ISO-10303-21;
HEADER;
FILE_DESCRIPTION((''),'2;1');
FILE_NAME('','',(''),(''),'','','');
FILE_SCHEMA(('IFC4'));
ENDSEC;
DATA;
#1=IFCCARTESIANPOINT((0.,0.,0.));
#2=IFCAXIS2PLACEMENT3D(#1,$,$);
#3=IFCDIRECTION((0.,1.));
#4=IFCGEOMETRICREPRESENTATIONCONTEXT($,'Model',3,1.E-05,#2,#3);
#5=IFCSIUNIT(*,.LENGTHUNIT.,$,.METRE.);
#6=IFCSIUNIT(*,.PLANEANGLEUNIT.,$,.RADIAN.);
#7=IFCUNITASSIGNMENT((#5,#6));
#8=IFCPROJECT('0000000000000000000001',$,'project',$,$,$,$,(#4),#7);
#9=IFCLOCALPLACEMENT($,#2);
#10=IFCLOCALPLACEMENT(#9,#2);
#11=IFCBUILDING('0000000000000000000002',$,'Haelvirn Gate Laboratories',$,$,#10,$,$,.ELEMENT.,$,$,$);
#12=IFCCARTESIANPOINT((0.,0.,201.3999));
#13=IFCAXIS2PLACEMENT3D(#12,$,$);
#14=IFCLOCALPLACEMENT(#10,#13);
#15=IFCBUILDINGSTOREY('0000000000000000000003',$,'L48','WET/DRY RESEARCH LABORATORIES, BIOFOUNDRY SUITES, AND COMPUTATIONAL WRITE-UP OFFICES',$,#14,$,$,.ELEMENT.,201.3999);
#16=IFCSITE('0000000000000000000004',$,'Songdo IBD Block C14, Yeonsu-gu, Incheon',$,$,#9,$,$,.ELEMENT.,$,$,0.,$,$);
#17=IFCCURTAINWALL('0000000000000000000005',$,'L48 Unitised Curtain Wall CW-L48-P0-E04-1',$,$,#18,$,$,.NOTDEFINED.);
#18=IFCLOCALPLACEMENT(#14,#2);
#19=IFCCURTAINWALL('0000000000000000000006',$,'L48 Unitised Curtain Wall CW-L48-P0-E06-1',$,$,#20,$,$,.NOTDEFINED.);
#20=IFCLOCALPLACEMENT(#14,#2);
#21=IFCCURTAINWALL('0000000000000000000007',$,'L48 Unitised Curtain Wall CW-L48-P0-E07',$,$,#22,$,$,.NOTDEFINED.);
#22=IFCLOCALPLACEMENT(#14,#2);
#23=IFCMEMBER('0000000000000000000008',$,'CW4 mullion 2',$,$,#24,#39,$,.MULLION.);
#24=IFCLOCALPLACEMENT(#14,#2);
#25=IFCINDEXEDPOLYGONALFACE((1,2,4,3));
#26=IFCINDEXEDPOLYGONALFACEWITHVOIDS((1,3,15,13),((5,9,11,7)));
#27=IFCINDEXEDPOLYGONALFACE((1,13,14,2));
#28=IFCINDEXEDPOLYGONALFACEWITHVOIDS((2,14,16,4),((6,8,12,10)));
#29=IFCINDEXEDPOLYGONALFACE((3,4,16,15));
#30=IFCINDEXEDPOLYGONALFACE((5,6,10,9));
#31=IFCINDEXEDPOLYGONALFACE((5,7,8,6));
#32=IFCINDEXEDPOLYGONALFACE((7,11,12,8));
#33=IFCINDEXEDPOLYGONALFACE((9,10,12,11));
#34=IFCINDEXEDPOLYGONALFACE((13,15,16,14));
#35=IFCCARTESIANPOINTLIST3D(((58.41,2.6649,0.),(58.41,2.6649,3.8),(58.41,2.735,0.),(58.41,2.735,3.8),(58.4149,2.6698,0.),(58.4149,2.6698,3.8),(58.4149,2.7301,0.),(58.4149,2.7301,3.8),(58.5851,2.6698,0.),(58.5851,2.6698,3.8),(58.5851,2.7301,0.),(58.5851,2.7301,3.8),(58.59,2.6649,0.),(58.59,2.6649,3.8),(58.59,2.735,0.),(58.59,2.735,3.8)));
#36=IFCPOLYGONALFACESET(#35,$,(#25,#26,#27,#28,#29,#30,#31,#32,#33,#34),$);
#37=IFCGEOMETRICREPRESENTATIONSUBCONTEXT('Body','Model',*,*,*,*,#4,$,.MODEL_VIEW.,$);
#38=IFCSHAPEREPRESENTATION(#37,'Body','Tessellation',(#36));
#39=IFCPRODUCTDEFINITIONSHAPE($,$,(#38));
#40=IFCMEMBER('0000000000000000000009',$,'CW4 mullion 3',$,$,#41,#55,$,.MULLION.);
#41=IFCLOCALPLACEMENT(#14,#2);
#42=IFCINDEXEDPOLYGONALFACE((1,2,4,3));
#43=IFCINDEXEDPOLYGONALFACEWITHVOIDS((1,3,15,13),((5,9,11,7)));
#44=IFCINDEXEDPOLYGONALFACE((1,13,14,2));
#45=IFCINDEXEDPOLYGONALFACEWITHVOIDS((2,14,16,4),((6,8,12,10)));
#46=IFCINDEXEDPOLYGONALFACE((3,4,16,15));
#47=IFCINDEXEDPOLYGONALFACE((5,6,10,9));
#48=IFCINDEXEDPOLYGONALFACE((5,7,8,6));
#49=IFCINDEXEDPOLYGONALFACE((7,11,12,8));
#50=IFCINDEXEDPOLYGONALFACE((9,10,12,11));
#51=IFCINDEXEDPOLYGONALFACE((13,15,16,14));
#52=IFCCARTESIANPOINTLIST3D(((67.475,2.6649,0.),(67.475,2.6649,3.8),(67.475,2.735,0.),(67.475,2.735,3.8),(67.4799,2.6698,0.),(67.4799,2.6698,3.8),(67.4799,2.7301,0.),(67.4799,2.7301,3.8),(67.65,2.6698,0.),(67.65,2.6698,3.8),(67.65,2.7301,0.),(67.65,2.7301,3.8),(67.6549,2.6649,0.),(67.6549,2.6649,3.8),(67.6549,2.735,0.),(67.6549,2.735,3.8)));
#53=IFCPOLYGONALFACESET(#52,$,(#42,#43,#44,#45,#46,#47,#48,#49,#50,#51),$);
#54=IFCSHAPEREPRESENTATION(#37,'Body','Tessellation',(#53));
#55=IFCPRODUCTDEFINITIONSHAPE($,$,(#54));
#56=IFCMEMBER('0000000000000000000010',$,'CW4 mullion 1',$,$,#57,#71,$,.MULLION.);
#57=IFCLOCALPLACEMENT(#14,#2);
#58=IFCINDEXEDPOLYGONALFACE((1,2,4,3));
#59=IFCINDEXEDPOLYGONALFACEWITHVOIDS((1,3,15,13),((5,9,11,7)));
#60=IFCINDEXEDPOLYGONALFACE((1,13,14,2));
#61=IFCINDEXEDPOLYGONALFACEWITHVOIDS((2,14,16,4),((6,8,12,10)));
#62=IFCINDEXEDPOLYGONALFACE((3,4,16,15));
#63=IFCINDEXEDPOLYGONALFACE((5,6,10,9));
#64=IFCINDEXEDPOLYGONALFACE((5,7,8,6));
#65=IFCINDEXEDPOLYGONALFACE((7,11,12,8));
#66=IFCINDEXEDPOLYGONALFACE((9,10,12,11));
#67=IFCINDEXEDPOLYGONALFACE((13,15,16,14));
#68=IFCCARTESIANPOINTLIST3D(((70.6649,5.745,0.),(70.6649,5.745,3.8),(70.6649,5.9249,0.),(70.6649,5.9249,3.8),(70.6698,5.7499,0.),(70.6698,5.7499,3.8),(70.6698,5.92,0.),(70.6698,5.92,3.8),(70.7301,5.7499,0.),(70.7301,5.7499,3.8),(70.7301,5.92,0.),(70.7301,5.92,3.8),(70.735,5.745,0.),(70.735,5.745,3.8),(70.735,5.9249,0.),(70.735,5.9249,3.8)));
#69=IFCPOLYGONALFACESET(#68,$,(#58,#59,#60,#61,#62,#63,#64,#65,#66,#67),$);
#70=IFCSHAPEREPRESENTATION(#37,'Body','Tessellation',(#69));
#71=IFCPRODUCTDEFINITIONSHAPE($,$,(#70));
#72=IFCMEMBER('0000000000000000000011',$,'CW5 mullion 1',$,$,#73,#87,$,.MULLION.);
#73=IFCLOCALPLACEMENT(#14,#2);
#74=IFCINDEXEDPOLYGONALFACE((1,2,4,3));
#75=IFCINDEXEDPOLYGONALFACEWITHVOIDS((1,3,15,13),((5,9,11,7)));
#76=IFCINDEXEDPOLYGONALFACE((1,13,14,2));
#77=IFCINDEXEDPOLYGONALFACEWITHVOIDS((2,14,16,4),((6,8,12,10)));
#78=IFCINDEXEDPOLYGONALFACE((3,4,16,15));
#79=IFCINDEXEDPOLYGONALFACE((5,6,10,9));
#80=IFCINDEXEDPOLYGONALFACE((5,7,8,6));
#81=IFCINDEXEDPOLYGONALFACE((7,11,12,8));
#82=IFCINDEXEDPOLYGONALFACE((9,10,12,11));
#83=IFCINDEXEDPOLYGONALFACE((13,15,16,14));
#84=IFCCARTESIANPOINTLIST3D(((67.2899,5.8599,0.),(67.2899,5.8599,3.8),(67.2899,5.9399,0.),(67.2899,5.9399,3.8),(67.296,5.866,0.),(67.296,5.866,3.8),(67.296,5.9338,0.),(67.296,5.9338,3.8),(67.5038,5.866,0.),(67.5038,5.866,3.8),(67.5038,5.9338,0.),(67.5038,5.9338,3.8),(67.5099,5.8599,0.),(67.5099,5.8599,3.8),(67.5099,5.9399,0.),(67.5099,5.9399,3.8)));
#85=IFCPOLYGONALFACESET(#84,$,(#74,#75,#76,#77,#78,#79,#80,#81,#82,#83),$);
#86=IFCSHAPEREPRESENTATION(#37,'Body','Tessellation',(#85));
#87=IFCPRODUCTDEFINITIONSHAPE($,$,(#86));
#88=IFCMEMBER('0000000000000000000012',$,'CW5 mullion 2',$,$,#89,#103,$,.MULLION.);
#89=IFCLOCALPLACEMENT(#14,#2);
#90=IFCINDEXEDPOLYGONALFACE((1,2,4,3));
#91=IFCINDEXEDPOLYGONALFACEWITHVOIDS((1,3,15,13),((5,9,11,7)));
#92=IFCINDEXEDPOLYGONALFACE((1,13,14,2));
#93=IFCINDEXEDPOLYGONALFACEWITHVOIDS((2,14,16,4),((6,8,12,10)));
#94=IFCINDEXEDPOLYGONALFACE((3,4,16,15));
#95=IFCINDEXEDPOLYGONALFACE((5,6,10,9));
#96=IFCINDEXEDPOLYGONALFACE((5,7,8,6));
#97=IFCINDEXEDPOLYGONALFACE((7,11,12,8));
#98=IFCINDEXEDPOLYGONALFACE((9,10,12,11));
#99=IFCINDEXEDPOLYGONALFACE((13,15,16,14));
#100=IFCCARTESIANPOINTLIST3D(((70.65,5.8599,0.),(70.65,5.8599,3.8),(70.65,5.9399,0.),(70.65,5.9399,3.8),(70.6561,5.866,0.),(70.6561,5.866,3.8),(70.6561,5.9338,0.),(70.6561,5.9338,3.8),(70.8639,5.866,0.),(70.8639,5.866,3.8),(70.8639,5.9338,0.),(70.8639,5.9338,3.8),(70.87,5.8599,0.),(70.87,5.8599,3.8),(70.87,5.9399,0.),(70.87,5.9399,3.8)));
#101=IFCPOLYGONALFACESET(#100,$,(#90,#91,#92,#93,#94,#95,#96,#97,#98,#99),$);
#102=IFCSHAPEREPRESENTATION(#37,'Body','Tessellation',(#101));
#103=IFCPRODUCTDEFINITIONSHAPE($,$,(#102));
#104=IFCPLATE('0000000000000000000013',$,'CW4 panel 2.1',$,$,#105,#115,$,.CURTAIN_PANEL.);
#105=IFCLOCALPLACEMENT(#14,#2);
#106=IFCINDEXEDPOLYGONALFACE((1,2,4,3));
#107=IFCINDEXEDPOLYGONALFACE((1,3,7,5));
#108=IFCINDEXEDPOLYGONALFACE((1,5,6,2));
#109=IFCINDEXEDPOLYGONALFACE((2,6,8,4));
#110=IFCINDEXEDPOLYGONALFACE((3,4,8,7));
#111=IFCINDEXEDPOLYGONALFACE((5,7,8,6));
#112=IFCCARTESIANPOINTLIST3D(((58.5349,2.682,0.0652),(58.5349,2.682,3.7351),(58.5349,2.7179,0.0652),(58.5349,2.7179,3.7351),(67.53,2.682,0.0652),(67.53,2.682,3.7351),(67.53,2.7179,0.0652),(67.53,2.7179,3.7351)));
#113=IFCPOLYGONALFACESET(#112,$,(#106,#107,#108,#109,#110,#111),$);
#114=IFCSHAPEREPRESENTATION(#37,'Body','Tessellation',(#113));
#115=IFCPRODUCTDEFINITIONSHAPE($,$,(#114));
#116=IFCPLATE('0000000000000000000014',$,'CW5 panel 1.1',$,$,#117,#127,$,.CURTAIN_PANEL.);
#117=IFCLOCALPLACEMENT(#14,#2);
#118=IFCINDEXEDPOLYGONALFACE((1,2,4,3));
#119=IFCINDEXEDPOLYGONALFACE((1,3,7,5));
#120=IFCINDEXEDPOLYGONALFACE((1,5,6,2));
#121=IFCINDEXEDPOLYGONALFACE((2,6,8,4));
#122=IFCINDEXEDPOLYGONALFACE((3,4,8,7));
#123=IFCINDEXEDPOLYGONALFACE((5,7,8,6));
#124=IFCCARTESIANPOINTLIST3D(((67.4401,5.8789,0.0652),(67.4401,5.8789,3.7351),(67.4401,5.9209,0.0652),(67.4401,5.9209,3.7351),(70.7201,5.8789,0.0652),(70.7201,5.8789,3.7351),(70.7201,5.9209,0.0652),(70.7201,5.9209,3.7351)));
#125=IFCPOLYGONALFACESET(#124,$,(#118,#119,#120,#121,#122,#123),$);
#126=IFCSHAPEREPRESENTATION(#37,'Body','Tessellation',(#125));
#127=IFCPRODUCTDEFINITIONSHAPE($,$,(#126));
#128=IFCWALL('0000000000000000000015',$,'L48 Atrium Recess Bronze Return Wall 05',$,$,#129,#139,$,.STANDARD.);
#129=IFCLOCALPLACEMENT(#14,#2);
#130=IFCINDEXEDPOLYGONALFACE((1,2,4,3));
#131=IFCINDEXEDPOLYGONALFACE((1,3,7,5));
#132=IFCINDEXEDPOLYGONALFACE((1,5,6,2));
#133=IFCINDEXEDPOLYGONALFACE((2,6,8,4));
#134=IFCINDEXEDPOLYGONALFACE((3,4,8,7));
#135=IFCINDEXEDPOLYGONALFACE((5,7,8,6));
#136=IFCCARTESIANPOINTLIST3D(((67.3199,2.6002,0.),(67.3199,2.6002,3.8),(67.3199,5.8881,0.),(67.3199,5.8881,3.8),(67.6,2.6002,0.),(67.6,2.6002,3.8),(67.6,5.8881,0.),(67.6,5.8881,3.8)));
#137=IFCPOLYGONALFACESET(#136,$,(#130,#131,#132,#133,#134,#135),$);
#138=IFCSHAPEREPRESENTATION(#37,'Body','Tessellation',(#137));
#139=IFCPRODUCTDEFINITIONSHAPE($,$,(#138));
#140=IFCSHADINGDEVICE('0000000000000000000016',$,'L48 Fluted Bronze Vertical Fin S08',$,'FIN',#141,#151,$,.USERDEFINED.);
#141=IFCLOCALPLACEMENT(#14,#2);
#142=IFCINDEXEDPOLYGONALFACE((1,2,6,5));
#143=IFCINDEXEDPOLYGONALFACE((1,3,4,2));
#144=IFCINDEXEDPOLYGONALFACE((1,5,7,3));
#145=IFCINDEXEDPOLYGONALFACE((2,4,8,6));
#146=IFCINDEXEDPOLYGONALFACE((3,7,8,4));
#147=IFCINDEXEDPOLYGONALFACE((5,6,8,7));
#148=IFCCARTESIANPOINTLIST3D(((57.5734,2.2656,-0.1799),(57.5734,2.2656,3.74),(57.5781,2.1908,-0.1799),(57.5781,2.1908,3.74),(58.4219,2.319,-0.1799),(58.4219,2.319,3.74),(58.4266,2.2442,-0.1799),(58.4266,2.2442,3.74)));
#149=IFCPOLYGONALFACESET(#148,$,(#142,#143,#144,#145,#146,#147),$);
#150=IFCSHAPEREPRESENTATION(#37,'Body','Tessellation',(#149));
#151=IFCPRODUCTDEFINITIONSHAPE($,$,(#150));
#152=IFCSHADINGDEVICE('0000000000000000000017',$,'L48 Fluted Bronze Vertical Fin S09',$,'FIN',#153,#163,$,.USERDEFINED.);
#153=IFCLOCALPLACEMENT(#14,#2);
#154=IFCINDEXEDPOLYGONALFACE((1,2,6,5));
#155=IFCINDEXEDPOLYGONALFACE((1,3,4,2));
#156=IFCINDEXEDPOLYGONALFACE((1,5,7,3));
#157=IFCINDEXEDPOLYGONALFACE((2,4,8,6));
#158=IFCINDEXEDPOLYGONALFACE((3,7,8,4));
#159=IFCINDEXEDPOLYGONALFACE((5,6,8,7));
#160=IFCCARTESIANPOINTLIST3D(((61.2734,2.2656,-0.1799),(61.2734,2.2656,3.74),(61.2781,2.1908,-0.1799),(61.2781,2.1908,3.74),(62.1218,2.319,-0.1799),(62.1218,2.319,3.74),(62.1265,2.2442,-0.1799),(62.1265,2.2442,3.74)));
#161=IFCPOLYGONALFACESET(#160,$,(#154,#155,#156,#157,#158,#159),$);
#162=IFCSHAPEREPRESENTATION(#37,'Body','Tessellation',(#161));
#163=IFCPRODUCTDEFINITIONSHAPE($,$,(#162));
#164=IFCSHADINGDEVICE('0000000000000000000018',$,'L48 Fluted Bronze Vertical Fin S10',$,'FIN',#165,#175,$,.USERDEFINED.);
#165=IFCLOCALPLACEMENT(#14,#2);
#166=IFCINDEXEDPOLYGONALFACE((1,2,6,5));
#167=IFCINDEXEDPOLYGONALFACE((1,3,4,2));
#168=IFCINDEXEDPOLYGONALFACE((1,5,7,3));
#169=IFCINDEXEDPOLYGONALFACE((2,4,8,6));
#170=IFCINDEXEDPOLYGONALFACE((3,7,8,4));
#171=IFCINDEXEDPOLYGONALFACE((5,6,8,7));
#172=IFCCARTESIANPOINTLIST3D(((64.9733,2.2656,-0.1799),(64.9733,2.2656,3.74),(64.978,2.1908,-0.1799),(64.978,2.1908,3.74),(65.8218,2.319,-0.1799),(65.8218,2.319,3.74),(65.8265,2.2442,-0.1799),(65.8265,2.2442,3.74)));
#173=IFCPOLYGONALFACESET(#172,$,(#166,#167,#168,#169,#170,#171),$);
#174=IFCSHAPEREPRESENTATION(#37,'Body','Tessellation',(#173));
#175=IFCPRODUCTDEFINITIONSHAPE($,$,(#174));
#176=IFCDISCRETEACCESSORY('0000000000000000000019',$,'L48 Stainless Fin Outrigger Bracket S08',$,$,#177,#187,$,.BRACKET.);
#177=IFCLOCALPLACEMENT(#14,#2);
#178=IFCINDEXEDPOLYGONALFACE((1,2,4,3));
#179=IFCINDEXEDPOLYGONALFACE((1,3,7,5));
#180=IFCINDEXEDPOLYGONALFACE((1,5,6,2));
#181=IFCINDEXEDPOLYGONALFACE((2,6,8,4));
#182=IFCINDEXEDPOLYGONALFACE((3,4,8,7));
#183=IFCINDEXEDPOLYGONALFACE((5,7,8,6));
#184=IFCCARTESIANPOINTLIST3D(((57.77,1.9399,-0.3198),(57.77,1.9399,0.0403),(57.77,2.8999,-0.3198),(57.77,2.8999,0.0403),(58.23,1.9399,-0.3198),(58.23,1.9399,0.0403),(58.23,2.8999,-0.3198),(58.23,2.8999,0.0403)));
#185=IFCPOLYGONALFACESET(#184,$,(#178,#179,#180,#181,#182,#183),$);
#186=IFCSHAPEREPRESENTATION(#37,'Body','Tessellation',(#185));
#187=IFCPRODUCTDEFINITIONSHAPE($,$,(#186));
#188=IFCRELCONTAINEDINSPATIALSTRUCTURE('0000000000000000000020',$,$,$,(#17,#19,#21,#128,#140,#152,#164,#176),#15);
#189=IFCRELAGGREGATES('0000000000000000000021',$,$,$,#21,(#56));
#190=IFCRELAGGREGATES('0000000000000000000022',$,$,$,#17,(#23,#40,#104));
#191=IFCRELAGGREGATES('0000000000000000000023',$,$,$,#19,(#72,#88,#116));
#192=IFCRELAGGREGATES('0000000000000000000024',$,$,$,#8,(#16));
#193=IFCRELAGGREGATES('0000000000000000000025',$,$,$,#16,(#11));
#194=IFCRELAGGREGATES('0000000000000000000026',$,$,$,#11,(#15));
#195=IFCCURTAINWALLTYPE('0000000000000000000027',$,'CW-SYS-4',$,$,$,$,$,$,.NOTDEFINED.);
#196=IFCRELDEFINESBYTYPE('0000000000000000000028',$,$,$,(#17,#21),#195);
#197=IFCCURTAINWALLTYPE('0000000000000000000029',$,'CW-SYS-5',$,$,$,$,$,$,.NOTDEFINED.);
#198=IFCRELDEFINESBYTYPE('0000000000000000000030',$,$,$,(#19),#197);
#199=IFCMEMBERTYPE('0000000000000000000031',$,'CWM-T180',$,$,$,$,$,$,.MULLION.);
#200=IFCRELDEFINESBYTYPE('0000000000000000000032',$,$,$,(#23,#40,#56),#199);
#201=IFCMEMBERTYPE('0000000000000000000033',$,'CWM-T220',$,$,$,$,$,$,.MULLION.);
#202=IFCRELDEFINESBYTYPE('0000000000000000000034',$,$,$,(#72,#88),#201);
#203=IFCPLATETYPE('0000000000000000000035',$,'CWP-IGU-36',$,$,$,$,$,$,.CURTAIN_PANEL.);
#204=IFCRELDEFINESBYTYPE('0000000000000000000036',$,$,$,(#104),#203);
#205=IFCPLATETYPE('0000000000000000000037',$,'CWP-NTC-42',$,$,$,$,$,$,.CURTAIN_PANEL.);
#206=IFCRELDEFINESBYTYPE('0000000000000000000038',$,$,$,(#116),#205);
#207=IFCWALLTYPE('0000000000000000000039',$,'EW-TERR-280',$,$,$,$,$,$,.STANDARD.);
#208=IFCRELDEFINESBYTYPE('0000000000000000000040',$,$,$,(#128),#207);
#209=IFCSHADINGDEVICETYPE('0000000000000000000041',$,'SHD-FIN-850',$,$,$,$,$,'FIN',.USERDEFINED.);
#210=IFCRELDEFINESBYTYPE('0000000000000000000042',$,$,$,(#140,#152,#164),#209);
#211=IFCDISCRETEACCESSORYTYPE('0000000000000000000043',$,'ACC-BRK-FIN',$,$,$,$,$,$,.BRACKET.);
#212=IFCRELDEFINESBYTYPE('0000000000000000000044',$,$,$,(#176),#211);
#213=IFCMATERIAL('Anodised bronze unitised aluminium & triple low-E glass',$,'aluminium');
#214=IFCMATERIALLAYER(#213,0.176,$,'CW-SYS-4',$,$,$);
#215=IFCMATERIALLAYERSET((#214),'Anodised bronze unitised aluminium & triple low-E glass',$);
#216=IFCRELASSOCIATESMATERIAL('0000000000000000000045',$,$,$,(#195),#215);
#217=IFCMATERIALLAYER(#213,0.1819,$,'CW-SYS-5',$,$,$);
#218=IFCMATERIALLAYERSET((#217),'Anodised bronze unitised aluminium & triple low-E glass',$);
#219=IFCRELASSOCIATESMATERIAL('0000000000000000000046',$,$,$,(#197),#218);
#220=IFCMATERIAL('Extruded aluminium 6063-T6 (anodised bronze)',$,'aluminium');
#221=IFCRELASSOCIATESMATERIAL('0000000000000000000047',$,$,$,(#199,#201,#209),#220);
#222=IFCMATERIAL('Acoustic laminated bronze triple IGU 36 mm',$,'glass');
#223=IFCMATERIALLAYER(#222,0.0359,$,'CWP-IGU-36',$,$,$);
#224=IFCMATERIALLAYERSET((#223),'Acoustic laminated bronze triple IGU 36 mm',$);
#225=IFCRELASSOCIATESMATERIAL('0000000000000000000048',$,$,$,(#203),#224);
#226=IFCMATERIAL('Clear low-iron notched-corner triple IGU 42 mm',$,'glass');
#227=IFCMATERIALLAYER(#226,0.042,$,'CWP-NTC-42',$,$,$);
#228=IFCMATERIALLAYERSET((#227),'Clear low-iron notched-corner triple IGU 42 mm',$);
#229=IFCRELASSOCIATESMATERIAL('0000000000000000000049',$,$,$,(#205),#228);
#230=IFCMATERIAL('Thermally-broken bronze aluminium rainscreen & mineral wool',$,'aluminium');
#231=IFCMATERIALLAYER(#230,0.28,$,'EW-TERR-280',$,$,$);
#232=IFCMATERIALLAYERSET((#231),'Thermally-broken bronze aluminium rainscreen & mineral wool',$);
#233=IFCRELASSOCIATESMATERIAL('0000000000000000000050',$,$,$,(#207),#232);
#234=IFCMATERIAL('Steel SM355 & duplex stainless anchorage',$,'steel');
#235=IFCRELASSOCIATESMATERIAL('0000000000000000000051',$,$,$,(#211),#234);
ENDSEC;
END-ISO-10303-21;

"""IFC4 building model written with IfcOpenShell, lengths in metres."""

from ifc_helpers import new_model, si_unit, direction, frame, frame_2d, origin, origin_2d, place, context, subcontext, project, spatial, rectangle, hollow_rectangle, extrude, source, transform, mapped, material, layer, layer_set, material_profile, profile_set, type_object, type_shapes, element, aggregate, save


model = new_model("IFC4")

# Units and contexts
model_context = context("Model", 3, precision=1e-05, world=origin(), true_north=direction((0.0, 1.0)))
body_context = subcontext(model_context, "Body", "Model", "MODEL_VIEW")
ifc_project = project(units=[si_unit("LENGTHUNIT", "METRE"), si_unit("PLANEANGLEUNIT", "RADIAN")], contexts=[model_context])

# Site, building, storey
site_placement = place(None, origin())
site = spatial("IfcSite", under=ifc_project, at=site_placement, Name="Songdo IBD Block C14, Yeonsu-gu, Incheon", CompositionType="ELEMENT", RefElevation=0.0)
building_placement = place(site_placement, origin())
building = spatial("IfcBuilding", under=site, at=building_placement, Name="Haelvirn Gate Laboratories", CompositionType="ELEMENT")
storey_placement = place(building_placement, frame((0.0, 0.0, 201.3999)))
storey = spatial("IfcBuildingStorey", under=building, at=storey_placement, Name="L48", Description="WET/DRY RESEARCH LABORATORIES, BIOFOUNDRY SUITES, AND COMPUTATIONAL WRITE-UP OFFICES", CompositionType="ELEMENT", Elevation=201.3999)

# Curtain walls
ifc_material_1 = material(Name="Anodised bronze unitised aluminium & triple low-E glass", Category="aluminium")
ifc_layer_1 = layer(ifc_material_1, 0.176, Name="CW-SYS-4")
ifc_layer_set_1 = layer_set([ifc_layer_1], Name="Anodised bronze unitised aluminium & triple low-E glass")
curtain_wall_type_1 = type_object("IfcCurtainWallType", Name="CW-SYS-4", PredefinedType="NOTDEFINED", material=ifc_layer_set_1)
curtain_wall_1_placement = place(storey_placement, origin())
curtain_wall_1 = element("IfcCurtainWall", 1, at=curtain_wall_1_placement, inside=storey, type_object=curtain_wall_type_1, Name="L48 Unitised Curtain Wall CW-L48-P0-E04-1", PredefinedType="NOTDEFINED")
ifc_material_2 = material(Name="Extruded aluminium 6063-T6 (anodised bronze)", Category="aluminium")
ifc_layer_2 = layer(ifc_material_1, 0.1819, Name="CW-SYS-5")
ifc_layer_set_2 = layer_set([ifc_layer_2], Name="Anodised bronze unitised aluminium & triple low-E glass")
curtain_wall_type_2 = type_object("IfcCurtainWallType", Name="CW-SYS-5", PredefinedType="NOTDEFINED", material=ifc_layer_set_2)
curtain_wall_2_placement = place(storey_placement, origin())
curtain_wall_2 = element("IfcCurtainWall", 2, at=curtain_wall_2_placement, inside=storey, type_object=curtain_wall_type_2, Name="L48 Unitised Curtain Wall CW-L48-P0-E06-1", PredefinedType="NOTDEFINED")
curtain_wall_3_placement = place(storey_placement, origin())
curtain_wall_3 = element("IfcCurtainWall", 3, at=curtain_wall_3_placement, inside=storey, type_object=curtain_wall_type_1, Name="L48 Unitised Curtain Wall CW-L48-P0-E07", PredefinedType="NOTDEFINED")

# Members
ifc_material_profile_1 = material_profile(ifc_material_2, hollow_rectangle(XDim=0.0701, YDim=0.1799, WallThickness=0.0049, at=origin_2d()), Name="CWM-180x70x5")
ifc_profile_set_1 = profile_set([ifc_material_profile_1], Name="Extruded aluminium 6063-T6 (anodised bronze)")
member_type_1 = type_object("IfcMemberType", Name="CWM-T180", PredefinedType="MULLION", material=ifc_profile_set_1)
shared_shape_1 = source(origin(), body_context, "Body", "SweptSolid", [
    extrude(hollow_rectangle(XDim=0.0701, YDim=0.1799, WallThickness=0.0049, at=origin_2d()), origin(), (0.0, 0.0, 1.0), 3.8),
])
type_shapes(member_type_1, [shared_shape_1])
member_1_placement = place(storey_placement, frame((58.5, 2.7, 0.0), z_axis=(0.0, 0.0, 1.0), x_axis=(0.0, 1.0, 0.0)))
member_1 = element("IfcMember", 4, at=member_1_placement, type_object=member_type_1, Name="CW4 mullion 2", PredefinedType="MULLION", context=body_context, shape_type="MappedRepresentation", body=[
    mapped(shared_shape_1, transform((0.0, 0.0, 0.0), scale=1.0)),
])
member_2_placement = place(storey_placement, frame((67.5649, 2.7, 0.0), z_axis=(0.0, 0.0, 1.0), x_axis=(0.0, 1.0, 0.0)))
member_2 = element("IfcMember", 5, at=member_2_placement, type_object=member_type_1, Name="CW4 mullion 3", PredefinedType="MULLION", context=body_context, shape_type="MappedRepresentation", body=[
    mapped(shared_shape_1, transform((0.0, 0.0, 0.0), scale=1.0)),
])
member_3_placement = place(storey_placement, frame((70.7, 5.835, 0.0), z_axis=(0.0, 0.0, 1.0), x_axis=(-1.0, 0.0, 0.0)))
member_3 = element("IfcMember", 6, at=member_3_placement, type_object=member_type_1, Name="CW4 mullion 1", PredefinedType="MULLION", context=body_context, shape_type="MappedRepresentation", body=[
    mapped(shared_shape_1, transform((0.0, 0.0, 0.0), scale=1.0)),
])
aggregate(curtain_wall_3, [member_3])
ifc_material_profile_2 = material_profile(ifc_material_2, hollow_rectangle(XDim=0.0801, YDim=0.22, WallThickness=0.0061, at=origin_2d()), Name="CWM-220x80x6")
ifc_profile_set_2 = profile_set([ifc_material_profile_2], Name="Extruded aluminium 6063-T6 (anodised bronze)")
member_type_2 = type_object("IfcMemberType", Name="CWM-T220", PredefinedType="MULLION", material=ifc_profile_set_2)
shared_shape_2 = source(origin(), body_context, "Body", "SweptSolid", [
    extrude(hollow_rectangle(XDim=0.0801, YDim=0.22, WallThickness=0.0061, at=origin_2d()), origin(), (0.0, 0.0, 1.0), 3.8),
])
type_shapes(member_type_2, [shared_shape_2])
member_4_placement = place(storey_placement, frame((67.3999, 5.8999, 0.0), z_axis=(0.0, 0.0, 1.0), x_axis=(0.0, 1.0, 0.0)))
member_4 = element("IfcMember", 7, at=member_4_placement, type_object=member_type_2, Name="CW5 mullion 1", PredefinedType="MULLION", context=body_context, shape_type="MappedRepresentation", body=[
    mapped(shared_shape_2, transform((0.0, 0.0, 0.0), scale=1.0)),
])
member_5_placement = place(storey_placement, frame((70.76, 5.8999, 0.0), z_axis=(0.0, 0.0, 1.0), x_axis=(0.0, 1.0, 0.0)))
member_5 = element("IfcMember", 8, at=member_5_placement, type_object=member_type_2, Name="CW5 mullion 2", PredefinedType="MULLION", context=body_context, shape_type="MappedRepresentation", body=[
    mapped(shared_shape_2, transform((0.0, 0.0, 0.0), scale=1.0)),
])

# Plates
ifc_material_3 = material(Name="Acoustic laminated bronze triple IGU 36 mm", Category="glass")
ifc_layer_3 = layer(ifc_material_3, 0.0359, Name="CWP-IGU-36")
ifc_layer_set_3 = layer_set([ifc_layer_3], Name="Acoustic laminated bronze triple IGU 36 mm")
plate_type_1 = type_object("IfcPlateType", Name="CWP-IGU-36", PredefinedType="CURTAIN_PANEL", material=ifc_layer_set_3)
shared_shape_3 = source(origin(), body_context, "Body", "SweptSolid", [
    extrude(rectangle(XDim=8.9951, YDim=0.0359, at=origin_2d()), origin(), (0.0, 0.0, 1.0), 3.6699),
])
type_shapes(plate_type_1, [shared_shape_3])
plate_1_placement = place(storey_placement, frame((63.0325, 2.7, 0.0652), z_axis=(0.0, 0.0, 1.0), x_axis=(1.0, 0.0, 0.0)))
plate_1 = element("IfcPlate", 9, at=plate_1_placement, type_object=plate_type_1, Name="CW4 panel 2.1", PredefinedType="CURTAIN_PANEL", context=body_context, shape_type="MappedRepresentation", body=[
    mapped(shared_shape_3, transform((0.0, 0.0, 0.0), scale=1.0)),
])
aggregate(curtain_wall_1, [member_1, member_2, plate_1])
ifc_material_4 = material(Name="Clear low-iron notched-corner triple IGU 42 mm", Category="glass")
ifc_layer_4 = layer(ifc_material_4, 0.042, Name="CWP-NTC-42")
ifc_layer_set_4 = layer_set([ifc_layer_4], Name="Clear low-iron notched-corner triple IGU 42 mm")
plate_type_2 = type_object("IfcPlateType", Name="CWP-NTC-42", PredefinedType="CURTAIN_PANEL", material=ifc_layer_set_4)
shared_shape_4 = source(origin(), body_context, "Body", "SweptSolid", [
    extrude(rectangle(XDim=3.28, YDim=0.042, at=origin_2d()), origin(), (0.0, 0.0, 1.0), 3.6699),
])
type_shapes(plate_type_2, [shared_shape_4])
plate_2_placement = place(storey_placement, frame((69.0801, 5.8999, 0.0652), z_axis=(0.0, 0.0, 1.0), x_axis=(1.0, 0.0, 0.0)))
plate_2 = element("IfcPlate", 10, at=plate_2_placement, type_object=plate_type_2, Name="CW5 panel 1.1", PredefinedType="CURTAIN_PANEL", context=body_context, shape_type="MappedRepresentation", body=[
    mapped(shared_shape_4, transform((0.0, 0.0, 0.0), scale=1.0)),
])
aggregate(curtain_wall_2, [member_4, member_5, plate_2])

# Wall
ifc_material_5 = material(Name="Thermally-broken bronze aluminium rainscreen & mineral wool", Category="aluminium")
ifc_layer_5 = layer(ifc_material_5, 0.28, Name="EW-TERR-280")
ifc_layer_set_5 = layer_set([ifc_layer_5], Name="Thermally-broken bronze aluminium rainscreen & mineral wool")
wall_type = type_object("IfcWallType", Name="EW-TERR-280", PredefinedType="STANDARD", material=ifc_layer_set_5)
wall_placement = place(storey_placement, frame((67.46, 2.6001, 0.0), z_axis=(0.0, 0.0, 1.0), x_axis=(0.0, 1.0, 0.0)))
element("IfcWall", 11, at=wall_placement, inside=storey, type_object=wall_type, Name="L48 Atrium Recess Bronze Return Wall 05", PredefinedType="STANDARD", context=body_context, shape_type="SweptSolid", body=[
    extrude(rectangle(XDim=3.2878, YDim=0.28, at=frame_2d((1.644, 0.0))), origin(), (0.0, 0.0, 1.0), 3.8),
])

# Shading devices
ifc_material_profile_3 = material_profile(ifc_material_2, rectangle(XDim=0.075, YDim=0.8501, at=origin_2d()), Name="FIN-850x75")
ifc_profile_set_3 = profile_set([ifc_material_profile_3], Name="Extruded aluminium 6063-T6 (anodised bronze)")
shading_device_type = type_object("IfcShadingDeviceType", Name="SHD-FIN-850", ElementType="FIN", PredefinedType="USERDEFINED", material=ifc_profile_set_3)
shared_shape_5 = source(origin(), body_context, "Body", "SweptSolid", [
    extrude(rectangle(XDim=0.075, YDim=0.8501, at=origin_2d()), origin(), (0.0, 0.0, 1.0), 3.9199),
])
type_shapes(shading_device_type, [shared_shape_5])
for number, where, z_axis, x_axis, name in (
    (12, (58.0, 2.2549, -0.1799), (0.0, 0.0, 1.0), (-0.062791, 0.998027, 0.0), "L48 Fluted Bronze Vertical Fin S08"),
    (13, (61.7, 2.2549, -0.1799), (0.0, 0.0, 1.0), (-0.062791, 0.998027, 0.0), "L48 Fluted Bronze Vertical Fin S09"),
    (14, (65.3999, 2.2549, -0.1799), (0.0, 0.0, 1.0), (-0.062791, 0.998027, 0.0), "L48 Fluted Bronze Vertical Fin S10"),
):
    element("IfcShadingDevice", number, at=place(storey_placement, frame(where, z_axis=z_axis, x_axis=x_axis)), inside=storey, type_object=shading_device_type, Name=name, ObjectType="FIN", PredefinedType="USERDEFINED", context=body_context, shape_type="MappedRepresentation", body=[
        mapped(shared_shape_5, transform((0.0, 0.0, 0.0), scale=1.0)),
    ])

# Discrete accessory
ifc_material_6 = material(Name="Steel SM355 & duplex stainless anchorage", Category="steel")
discrete_accessory_type = type_object("IfcDiscreteAccessoryType", Name="ACC-BRK-FIN", PredefinedType="BRACKET", material=ifc_material_6)
shared_shape_6 = source(origin(), body_context, "Body", "SweptSolid", [
    extrude(rectangle(XDim=0.46, YDim=0.96, at=origin_2d()), origin(), (0.0, 0.0, 1.0), 0.3601),
])
type_shapes(discrete_accessory_type, [shared_shape_6])
for number, where, z_axis, x_axis, name in (
    (15, (58.0, 2.4199, -0.3198), (0.0, 0.0, 1.0), (1.0, 0.0, 0.0), "L48 Stainless Fin Outrigger Bracket S08"),
):
    element("IfcDiscreteAccessory", number, at=place(storey_placement, frame(where, z_axis=z_axis, x_axis=x_axis)), inside=storey, type_object=discrete_accessory_type, Name=name, PredefinedType="BRACKET", context=body_context, shape_type="MappedRepresentation", body=[
        mapped(shared_shape_6, transform((0.0, 0.0, 0.0), scale=1.0)),
    ])

save(model, "model.ifc")
